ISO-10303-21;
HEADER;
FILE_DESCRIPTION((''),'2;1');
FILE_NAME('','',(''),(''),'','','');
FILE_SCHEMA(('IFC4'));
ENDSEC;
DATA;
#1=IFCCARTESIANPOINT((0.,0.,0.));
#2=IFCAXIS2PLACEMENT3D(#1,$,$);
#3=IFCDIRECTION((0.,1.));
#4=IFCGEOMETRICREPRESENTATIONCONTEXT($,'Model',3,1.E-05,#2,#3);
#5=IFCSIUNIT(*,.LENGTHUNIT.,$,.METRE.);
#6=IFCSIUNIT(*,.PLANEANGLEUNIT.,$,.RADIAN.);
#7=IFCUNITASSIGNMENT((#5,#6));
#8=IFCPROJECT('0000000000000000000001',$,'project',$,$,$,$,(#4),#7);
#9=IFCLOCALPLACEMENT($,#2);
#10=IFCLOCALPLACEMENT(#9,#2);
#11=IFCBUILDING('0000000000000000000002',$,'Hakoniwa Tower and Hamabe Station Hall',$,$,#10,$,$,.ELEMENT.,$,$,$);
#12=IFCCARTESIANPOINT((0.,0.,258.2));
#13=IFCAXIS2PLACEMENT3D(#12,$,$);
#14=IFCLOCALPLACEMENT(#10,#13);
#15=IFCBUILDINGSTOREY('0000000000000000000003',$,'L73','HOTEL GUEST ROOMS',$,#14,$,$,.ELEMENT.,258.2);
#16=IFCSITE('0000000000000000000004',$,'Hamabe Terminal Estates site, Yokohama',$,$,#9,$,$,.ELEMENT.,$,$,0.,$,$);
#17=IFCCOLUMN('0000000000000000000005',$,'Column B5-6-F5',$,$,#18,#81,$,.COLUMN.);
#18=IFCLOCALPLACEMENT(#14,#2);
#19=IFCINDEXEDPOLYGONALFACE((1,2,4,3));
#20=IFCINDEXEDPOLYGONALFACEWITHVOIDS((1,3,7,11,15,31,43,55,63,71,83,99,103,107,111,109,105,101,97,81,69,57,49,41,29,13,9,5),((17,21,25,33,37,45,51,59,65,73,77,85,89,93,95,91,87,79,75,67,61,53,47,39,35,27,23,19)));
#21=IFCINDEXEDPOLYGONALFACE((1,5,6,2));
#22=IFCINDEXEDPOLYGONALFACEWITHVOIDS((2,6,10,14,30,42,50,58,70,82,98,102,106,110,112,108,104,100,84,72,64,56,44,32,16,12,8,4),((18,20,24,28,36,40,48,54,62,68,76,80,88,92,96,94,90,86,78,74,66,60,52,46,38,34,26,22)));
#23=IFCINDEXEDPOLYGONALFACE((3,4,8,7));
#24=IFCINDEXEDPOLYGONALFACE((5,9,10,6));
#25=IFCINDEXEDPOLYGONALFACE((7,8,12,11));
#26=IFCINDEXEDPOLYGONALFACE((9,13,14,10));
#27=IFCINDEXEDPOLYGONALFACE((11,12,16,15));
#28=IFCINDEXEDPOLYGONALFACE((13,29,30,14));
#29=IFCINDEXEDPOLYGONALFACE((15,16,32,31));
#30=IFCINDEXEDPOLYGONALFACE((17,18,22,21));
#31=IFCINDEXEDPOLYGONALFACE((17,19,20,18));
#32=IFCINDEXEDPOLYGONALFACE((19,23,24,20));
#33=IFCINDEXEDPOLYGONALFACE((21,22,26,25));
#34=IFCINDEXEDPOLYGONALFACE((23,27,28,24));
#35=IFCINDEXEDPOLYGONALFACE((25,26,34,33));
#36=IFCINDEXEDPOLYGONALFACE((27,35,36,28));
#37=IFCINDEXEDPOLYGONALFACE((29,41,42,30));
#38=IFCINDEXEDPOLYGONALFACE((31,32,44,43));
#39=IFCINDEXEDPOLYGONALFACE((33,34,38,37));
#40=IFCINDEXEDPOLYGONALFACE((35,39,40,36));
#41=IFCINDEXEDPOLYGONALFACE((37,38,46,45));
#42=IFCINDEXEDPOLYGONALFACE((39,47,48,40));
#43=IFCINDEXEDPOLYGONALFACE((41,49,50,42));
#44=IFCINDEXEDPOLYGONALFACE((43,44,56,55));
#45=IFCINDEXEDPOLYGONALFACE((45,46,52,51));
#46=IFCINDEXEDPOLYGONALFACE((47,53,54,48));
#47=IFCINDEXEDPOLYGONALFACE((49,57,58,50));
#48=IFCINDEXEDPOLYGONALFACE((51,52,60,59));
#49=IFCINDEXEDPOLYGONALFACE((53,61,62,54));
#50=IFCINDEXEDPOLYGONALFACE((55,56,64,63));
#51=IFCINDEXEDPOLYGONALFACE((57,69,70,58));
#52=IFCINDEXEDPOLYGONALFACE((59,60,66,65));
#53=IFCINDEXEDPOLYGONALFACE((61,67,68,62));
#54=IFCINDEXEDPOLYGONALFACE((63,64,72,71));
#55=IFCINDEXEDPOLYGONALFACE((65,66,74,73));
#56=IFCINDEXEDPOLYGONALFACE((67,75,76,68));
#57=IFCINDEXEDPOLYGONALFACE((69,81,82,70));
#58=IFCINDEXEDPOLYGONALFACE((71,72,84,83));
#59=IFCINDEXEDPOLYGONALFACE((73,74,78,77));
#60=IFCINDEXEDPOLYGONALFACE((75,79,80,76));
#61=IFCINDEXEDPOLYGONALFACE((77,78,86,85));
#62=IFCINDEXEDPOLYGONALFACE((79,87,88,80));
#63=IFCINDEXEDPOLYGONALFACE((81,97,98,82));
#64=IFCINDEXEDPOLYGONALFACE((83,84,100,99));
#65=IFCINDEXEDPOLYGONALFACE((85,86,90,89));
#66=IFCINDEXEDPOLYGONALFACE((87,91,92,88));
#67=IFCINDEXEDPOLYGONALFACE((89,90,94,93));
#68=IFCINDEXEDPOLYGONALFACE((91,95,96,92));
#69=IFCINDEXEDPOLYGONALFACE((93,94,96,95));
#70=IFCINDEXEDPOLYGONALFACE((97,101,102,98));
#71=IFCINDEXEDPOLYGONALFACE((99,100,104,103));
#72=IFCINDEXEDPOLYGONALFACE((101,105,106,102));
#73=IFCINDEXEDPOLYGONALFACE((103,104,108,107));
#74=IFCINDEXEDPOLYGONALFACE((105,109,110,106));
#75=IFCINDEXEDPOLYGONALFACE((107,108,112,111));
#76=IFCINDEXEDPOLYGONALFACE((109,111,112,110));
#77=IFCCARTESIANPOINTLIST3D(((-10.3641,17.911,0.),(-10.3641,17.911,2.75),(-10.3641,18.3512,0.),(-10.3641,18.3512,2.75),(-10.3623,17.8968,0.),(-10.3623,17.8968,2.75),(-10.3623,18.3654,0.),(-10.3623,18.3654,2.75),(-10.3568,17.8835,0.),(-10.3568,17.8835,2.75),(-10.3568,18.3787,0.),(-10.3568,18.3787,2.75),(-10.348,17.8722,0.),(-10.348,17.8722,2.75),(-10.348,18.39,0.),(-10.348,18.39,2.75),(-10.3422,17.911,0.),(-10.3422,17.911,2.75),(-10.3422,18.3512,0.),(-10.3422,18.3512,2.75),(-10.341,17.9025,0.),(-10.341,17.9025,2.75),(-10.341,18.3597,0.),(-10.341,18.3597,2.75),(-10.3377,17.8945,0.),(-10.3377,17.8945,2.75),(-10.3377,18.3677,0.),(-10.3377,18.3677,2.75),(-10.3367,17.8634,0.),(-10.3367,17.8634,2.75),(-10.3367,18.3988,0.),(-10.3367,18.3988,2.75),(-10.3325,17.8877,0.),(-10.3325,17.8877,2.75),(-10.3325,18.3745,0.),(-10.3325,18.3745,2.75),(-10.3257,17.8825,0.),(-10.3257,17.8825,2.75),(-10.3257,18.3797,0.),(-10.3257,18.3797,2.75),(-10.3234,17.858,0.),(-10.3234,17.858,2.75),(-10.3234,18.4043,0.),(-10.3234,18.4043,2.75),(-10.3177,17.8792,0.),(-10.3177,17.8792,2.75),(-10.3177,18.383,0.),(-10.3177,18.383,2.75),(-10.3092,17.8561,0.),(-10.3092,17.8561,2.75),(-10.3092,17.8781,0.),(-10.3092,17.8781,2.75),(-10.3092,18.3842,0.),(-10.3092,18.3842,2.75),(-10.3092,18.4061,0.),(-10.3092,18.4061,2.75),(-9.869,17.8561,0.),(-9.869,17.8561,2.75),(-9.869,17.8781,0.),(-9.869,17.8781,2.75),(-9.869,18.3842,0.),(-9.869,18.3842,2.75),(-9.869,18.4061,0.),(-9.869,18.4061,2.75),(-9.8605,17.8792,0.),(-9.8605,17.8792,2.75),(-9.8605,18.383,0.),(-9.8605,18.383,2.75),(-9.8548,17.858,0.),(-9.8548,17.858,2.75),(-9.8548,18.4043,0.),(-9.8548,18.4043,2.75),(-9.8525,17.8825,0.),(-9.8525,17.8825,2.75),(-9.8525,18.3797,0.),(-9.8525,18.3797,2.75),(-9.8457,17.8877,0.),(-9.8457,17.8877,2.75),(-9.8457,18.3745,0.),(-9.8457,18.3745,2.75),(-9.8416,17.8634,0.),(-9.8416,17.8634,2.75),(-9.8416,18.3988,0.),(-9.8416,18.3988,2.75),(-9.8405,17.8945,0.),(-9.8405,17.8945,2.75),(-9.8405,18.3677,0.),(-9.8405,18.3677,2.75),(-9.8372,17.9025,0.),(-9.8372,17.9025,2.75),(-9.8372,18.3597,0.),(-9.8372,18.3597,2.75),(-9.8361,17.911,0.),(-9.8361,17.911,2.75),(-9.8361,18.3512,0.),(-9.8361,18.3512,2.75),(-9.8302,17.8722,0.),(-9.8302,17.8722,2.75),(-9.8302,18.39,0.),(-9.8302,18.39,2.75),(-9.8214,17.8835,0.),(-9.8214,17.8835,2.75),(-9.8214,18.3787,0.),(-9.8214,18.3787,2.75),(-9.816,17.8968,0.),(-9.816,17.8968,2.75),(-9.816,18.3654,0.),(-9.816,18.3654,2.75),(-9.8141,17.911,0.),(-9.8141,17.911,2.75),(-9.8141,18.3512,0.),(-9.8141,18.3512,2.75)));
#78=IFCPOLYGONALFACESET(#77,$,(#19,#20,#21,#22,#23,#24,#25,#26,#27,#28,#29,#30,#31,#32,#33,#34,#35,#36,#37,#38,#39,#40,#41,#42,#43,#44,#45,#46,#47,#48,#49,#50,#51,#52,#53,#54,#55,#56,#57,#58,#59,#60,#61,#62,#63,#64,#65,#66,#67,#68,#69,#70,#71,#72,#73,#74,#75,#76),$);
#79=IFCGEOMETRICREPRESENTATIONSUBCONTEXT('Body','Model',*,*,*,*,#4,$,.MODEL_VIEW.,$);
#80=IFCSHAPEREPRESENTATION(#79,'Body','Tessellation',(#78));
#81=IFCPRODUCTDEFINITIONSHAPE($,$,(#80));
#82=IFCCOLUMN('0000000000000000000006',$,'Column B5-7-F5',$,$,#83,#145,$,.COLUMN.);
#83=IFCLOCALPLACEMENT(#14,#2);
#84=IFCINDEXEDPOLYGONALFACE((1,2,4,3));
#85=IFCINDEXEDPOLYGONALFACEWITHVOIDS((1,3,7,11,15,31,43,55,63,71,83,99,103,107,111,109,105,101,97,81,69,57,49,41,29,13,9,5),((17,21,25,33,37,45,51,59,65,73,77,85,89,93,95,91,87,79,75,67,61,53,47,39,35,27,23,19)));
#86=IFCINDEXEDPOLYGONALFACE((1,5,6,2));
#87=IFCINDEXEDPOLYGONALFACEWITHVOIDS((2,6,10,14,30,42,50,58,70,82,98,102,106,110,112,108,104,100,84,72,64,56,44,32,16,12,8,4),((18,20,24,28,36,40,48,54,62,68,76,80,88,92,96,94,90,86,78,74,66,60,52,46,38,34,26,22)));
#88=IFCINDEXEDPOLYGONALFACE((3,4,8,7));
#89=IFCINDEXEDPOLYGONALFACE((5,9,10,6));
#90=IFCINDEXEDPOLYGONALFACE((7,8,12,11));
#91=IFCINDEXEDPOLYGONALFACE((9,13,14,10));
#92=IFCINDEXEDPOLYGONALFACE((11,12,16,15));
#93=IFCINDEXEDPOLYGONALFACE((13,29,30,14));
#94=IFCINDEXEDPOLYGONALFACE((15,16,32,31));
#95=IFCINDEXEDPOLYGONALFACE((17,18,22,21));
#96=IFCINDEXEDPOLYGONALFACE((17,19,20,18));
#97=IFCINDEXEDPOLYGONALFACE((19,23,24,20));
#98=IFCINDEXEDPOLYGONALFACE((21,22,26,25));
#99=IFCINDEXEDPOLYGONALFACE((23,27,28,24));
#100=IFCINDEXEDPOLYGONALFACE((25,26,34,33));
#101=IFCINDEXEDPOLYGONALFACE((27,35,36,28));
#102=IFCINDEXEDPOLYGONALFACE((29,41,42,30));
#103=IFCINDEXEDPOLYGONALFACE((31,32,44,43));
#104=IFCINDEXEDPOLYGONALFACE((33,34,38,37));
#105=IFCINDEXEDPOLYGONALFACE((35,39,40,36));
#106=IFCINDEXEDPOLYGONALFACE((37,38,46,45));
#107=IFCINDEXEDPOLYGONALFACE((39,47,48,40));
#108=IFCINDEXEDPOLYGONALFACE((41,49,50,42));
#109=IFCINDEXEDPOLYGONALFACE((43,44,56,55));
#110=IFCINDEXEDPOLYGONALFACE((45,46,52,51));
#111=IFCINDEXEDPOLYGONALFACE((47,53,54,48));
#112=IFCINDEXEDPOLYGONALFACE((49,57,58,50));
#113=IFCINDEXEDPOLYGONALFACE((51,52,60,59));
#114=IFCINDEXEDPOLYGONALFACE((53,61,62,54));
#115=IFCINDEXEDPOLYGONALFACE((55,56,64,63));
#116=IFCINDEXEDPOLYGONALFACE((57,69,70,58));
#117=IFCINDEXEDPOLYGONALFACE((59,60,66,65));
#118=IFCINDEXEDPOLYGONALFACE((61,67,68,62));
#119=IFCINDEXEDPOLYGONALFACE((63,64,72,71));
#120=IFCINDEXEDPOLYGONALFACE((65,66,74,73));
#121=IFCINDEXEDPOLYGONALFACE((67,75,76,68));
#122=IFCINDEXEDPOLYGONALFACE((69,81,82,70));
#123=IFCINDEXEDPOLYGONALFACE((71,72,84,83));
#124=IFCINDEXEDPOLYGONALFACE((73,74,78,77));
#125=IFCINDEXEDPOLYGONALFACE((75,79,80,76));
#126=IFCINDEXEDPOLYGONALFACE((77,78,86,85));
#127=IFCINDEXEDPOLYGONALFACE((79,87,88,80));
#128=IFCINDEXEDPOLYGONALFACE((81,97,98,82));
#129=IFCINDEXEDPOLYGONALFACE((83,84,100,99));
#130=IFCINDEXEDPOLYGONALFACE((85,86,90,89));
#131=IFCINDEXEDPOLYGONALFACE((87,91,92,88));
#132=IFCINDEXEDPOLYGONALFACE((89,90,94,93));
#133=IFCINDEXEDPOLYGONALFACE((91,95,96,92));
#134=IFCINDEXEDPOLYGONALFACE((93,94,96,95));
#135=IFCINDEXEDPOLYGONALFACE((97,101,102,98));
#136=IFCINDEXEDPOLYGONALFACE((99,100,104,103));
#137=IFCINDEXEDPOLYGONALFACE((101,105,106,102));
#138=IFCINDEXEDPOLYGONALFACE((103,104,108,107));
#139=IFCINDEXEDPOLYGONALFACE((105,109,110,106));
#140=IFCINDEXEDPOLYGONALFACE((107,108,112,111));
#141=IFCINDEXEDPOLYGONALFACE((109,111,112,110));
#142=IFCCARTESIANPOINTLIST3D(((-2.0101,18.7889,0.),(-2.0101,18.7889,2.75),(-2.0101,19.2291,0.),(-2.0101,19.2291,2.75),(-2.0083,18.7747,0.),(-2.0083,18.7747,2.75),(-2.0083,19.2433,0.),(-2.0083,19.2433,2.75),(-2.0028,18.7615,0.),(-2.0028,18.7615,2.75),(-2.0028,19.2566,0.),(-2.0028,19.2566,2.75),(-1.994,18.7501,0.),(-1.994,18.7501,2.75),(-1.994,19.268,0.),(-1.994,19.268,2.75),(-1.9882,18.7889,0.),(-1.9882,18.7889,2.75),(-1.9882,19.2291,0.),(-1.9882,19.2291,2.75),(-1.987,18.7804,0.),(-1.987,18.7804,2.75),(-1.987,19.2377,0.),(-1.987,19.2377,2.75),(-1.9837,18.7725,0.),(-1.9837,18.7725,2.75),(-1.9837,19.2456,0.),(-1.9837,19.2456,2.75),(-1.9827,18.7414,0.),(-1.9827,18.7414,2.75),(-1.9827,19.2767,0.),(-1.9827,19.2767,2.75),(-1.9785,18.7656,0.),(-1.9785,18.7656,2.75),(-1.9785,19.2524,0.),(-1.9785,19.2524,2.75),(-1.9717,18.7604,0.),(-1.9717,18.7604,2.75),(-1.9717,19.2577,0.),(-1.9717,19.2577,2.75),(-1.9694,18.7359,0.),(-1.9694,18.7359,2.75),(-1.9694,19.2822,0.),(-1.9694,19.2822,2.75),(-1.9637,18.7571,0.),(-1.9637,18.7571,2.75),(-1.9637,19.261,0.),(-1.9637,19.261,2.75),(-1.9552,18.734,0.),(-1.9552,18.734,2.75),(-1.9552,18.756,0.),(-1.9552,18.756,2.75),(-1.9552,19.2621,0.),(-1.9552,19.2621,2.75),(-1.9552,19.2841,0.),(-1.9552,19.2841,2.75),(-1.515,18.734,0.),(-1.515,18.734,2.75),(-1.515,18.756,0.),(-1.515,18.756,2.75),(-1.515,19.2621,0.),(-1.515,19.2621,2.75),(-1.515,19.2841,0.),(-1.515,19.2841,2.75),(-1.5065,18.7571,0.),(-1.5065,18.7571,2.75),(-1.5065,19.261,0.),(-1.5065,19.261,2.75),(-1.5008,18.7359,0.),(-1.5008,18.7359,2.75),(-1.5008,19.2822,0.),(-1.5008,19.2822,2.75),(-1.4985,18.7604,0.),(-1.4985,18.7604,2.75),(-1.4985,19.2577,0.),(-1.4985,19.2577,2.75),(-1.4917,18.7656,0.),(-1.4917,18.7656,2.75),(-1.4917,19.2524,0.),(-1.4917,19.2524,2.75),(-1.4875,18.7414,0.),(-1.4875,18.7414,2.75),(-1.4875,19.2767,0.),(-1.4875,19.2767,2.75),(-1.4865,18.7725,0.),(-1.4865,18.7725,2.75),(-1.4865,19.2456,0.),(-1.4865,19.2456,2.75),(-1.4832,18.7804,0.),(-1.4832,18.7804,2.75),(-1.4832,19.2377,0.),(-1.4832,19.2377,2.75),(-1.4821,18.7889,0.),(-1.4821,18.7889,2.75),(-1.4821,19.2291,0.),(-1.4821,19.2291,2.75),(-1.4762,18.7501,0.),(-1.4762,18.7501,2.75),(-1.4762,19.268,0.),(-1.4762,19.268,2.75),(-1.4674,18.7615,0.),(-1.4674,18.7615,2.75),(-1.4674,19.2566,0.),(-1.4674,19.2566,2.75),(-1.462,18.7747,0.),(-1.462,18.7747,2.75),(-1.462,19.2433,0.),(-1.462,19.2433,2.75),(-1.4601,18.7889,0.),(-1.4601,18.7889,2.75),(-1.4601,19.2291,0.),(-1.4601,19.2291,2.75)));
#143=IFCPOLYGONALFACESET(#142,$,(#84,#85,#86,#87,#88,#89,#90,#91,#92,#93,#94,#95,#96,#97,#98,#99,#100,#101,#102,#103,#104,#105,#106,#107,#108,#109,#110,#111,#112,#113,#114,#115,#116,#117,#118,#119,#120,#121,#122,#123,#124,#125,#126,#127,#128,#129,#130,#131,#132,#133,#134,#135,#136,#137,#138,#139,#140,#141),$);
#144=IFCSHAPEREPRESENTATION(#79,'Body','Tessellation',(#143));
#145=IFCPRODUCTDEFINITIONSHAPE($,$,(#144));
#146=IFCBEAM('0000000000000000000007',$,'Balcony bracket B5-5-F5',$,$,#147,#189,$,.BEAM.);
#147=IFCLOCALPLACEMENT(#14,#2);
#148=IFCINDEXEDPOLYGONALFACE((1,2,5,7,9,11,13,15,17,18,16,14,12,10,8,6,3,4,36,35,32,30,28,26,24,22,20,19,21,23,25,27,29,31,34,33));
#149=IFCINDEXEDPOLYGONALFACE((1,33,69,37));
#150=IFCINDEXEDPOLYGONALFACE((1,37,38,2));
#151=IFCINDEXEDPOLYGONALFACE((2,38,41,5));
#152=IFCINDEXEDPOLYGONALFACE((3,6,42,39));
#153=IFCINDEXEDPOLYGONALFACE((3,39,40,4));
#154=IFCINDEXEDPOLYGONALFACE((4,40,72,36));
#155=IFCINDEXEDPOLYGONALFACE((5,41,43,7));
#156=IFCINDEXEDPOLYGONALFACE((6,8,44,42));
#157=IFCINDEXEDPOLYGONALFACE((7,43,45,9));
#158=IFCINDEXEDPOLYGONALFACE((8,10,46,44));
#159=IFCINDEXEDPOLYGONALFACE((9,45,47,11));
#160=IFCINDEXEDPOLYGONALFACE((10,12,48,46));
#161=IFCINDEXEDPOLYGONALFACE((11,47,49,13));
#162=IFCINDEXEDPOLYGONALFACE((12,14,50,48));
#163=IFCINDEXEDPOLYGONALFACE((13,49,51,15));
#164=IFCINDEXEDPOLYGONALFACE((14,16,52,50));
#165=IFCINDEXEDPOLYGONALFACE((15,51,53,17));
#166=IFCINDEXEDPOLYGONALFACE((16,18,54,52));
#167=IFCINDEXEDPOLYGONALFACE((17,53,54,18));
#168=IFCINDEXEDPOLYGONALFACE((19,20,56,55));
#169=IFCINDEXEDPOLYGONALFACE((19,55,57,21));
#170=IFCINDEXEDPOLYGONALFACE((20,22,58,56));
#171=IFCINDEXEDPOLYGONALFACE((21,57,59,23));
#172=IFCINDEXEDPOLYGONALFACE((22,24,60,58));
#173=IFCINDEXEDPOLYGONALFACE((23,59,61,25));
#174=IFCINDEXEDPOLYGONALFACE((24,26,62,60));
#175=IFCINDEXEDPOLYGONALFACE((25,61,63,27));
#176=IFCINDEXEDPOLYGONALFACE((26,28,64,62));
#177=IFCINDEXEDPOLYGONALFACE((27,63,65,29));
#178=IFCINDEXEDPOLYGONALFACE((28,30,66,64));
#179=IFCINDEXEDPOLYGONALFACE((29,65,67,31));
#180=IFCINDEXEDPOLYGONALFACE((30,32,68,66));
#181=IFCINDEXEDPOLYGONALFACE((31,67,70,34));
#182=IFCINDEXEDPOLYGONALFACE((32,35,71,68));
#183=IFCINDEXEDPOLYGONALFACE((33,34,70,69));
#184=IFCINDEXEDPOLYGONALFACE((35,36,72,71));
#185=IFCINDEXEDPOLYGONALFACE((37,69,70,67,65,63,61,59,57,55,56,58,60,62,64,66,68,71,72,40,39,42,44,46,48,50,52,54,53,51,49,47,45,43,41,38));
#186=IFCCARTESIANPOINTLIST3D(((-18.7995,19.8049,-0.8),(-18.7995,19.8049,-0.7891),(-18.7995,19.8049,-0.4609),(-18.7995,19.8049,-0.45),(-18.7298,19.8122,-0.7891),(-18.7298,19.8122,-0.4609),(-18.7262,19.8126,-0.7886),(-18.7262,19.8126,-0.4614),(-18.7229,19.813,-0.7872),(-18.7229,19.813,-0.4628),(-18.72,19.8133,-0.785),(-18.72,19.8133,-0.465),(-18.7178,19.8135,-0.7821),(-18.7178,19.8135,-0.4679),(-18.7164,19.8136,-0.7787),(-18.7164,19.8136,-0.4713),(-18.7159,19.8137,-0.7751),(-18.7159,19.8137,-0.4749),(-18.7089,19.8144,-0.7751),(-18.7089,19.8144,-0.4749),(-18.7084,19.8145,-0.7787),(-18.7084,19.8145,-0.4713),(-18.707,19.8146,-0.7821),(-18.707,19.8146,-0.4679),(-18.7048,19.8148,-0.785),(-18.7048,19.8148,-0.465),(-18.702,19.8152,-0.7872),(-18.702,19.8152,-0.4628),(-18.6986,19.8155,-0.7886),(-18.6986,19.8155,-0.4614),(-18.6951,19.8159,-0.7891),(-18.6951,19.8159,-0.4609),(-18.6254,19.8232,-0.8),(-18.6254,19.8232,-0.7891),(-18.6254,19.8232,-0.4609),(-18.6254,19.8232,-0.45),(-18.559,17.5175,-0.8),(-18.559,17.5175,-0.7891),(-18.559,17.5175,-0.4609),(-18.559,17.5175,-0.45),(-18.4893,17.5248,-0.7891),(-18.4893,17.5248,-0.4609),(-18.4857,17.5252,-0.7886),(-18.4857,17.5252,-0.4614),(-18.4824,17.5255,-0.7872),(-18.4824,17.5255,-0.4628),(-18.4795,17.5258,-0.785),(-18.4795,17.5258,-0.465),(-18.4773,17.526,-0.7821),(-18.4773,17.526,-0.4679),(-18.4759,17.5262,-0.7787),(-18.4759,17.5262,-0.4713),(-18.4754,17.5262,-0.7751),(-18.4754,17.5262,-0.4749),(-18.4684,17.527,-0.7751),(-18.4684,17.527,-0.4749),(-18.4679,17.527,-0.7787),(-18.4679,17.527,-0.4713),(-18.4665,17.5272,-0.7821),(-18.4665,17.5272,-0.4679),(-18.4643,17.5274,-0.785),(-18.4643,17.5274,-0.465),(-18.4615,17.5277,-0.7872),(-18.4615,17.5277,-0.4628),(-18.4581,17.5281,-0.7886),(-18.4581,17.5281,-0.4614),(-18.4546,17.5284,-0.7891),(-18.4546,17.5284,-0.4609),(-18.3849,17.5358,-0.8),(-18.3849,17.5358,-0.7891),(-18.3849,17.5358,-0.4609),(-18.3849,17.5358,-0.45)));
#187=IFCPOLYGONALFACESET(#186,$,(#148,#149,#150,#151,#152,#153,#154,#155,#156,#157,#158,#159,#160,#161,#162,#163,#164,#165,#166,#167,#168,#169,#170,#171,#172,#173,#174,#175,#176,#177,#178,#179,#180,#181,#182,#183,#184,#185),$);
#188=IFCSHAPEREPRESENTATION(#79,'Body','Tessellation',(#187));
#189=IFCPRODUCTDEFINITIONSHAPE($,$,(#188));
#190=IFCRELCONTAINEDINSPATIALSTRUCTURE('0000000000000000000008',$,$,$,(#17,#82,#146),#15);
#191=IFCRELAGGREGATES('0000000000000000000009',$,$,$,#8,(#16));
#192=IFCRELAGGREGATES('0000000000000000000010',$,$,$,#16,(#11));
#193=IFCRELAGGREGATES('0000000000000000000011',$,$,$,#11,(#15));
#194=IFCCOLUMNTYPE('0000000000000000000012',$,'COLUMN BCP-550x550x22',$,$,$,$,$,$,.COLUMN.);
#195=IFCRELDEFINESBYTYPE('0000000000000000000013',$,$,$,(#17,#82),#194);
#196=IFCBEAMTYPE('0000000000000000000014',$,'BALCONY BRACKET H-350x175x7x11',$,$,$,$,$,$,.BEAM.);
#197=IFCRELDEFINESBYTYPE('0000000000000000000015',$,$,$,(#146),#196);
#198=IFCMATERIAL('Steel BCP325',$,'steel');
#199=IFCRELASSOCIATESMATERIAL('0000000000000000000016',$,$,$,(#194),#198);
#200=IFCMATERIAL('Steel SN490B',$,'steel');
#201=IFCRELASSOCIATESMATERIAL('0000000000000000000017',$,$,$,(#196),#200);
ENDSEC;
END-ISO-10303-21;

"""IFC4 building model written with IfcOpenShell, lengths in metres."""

from ifc_helpers import new_model, si_unit, direction, frame, origin, origin_2d, place, context, subcontext, project, spatial, hollow_rectangle, i_section, extrude, material, material_profile, profile_set, type_object, element, save


model = new_model("IFC4")

# Units and contexts
model_context = context("Model", 3, precision=1e-05, world=origin(), true_north=direction((0.0, 1.0)))
body_context = subcontext(model_context, "Body", "Model", "MODEL_VIEW")
ifc_project = project(units=[si_unit("LENGTHUNIT", "METRE"), si_unit("PLANEANGLEUNIT", "RADIAN")], contexts=[model_context])

# Site, building, storey
site_placement = place(None, origin())
site = spatial("IfcSite", under=ifc_project, at=site_placement, Name="Hamabe Terminal Estates site, Yokohama", CompositionType="ELEMENT", RefElevation=0.0)
building_placement = place(site_placement, origin())
building = spatial("IfcBuilding", under=site, at=building_placement, Name="Hakoniwa Tower and Hamabe Station Hall", CompositionType="ELEMENT")
storey_placement = place(building_placement, frame((0.0, 0.0, 258.2)))
storey = spatial("IfcBuildingStorey", under=building, at=storey_placement, Name="L73", Description="HOTEL GUEST ROOMS", CompositionType="ELEMENT", Elevation=258.2)

# Columns
ifc_material_1 = material(Name="Steel BCP325", Category="steel")
ifc_material_profile_1 = material_profile(ifc_material_1, hollow_rectangle(XDim=0.55, YDim=0.55, WallThickness=0.022, InnerFilletRadius=0.033, OuterFilletRadius=0.0549, at=origin_2d()), Name="BCP-550x550x22")
ifc_profile_set_1 = profile_set([ifc_material_profile_1], Name="Steel BCP325")
column_type = type_object("IfcColumnType", Name="COLUMN BCP-550x550x22", PredefinedType="COLUMN", material=ifc_profile_set_1)
for number, where, z_axis, x_axis, name in (
    (1, (-10.0891, 18.1311, 0.0), (0.0, 0.0, 1.0), (1.0, 0.0, 0.0), "Column B5-6-F5"),
    (2, (-1.7351, 19.009, 0.0), (0.0, 0.0, 1.0), (1.0, 0.0, 0.0), "Column B5-7-F5"),
):
    element("IfcColumn", number, at=place(storey_placement, frame(where, z_axis=z_axis, x_axis=x_axis)), inside=storey, type_object=column_type, Name=name, PredefinedType="COLUMN", context=body_context, shape_type="SweptSolid", body=[
        extrude(hollow_rectangle(XDim=0.55, YDim=0.55, WallThickness=0.022, InnerFilletRadius=0.033, OuterFilletRadius=0.0549, at=origin_2d()), origin(), (0.0, 0.0, 1.0), 2.75),
    ])

# Beam
ifc_material_2 = material(Name="Steel SN490B", Category="steel")
ifc_material_profile_2 = material_profile(ifc_material_2, i_section(OverallWidth=0.175, OverallDepth=0.3501, WebThickness=0.0071, FlangeThickness=0.011, FilletRadius=0.0139, at=origin_2d()), Name="H-350x175x7x11")
ifc_profile_set_2 = profile_set([ifc_material_profile_2], Name="Steel SN490B")
beam_type_1 = type_object("IfcBeamType", Name="BALCONY BRACKET H-350x175x7x11", PredefinedType="BEAM", material=ifc_profile_set_2)
for number, where, z_axis, x_axis, name in (
    (3, (-18.4719, 17.5266, -0.625), (-0.104558, 0.994519, 0.0), (-0.994519, -0.104558, 0.0), "Balcony bracket B5-5-F5"),
):
    element("IfcBeam", number, at=place(storey_placement, frame(where, z_axis=z_axis, x_axis=x_axis)), inside=storey, type_object=beam_type_1, Name=name, PredefinedType="BEAM", context=body_context, shape_type="SweptSolid", body=[
        extrude(i_section(OverallWidth=0.175, OverallDepth=0.3501, WebThickness=0.0071, FlangeThickness=0.011, FilletRadius=0.0139, at=origin_2d()), origin(), (0.0, 0.0, 1.0), 2.3),
    ])

save(model, "model.ifc")
